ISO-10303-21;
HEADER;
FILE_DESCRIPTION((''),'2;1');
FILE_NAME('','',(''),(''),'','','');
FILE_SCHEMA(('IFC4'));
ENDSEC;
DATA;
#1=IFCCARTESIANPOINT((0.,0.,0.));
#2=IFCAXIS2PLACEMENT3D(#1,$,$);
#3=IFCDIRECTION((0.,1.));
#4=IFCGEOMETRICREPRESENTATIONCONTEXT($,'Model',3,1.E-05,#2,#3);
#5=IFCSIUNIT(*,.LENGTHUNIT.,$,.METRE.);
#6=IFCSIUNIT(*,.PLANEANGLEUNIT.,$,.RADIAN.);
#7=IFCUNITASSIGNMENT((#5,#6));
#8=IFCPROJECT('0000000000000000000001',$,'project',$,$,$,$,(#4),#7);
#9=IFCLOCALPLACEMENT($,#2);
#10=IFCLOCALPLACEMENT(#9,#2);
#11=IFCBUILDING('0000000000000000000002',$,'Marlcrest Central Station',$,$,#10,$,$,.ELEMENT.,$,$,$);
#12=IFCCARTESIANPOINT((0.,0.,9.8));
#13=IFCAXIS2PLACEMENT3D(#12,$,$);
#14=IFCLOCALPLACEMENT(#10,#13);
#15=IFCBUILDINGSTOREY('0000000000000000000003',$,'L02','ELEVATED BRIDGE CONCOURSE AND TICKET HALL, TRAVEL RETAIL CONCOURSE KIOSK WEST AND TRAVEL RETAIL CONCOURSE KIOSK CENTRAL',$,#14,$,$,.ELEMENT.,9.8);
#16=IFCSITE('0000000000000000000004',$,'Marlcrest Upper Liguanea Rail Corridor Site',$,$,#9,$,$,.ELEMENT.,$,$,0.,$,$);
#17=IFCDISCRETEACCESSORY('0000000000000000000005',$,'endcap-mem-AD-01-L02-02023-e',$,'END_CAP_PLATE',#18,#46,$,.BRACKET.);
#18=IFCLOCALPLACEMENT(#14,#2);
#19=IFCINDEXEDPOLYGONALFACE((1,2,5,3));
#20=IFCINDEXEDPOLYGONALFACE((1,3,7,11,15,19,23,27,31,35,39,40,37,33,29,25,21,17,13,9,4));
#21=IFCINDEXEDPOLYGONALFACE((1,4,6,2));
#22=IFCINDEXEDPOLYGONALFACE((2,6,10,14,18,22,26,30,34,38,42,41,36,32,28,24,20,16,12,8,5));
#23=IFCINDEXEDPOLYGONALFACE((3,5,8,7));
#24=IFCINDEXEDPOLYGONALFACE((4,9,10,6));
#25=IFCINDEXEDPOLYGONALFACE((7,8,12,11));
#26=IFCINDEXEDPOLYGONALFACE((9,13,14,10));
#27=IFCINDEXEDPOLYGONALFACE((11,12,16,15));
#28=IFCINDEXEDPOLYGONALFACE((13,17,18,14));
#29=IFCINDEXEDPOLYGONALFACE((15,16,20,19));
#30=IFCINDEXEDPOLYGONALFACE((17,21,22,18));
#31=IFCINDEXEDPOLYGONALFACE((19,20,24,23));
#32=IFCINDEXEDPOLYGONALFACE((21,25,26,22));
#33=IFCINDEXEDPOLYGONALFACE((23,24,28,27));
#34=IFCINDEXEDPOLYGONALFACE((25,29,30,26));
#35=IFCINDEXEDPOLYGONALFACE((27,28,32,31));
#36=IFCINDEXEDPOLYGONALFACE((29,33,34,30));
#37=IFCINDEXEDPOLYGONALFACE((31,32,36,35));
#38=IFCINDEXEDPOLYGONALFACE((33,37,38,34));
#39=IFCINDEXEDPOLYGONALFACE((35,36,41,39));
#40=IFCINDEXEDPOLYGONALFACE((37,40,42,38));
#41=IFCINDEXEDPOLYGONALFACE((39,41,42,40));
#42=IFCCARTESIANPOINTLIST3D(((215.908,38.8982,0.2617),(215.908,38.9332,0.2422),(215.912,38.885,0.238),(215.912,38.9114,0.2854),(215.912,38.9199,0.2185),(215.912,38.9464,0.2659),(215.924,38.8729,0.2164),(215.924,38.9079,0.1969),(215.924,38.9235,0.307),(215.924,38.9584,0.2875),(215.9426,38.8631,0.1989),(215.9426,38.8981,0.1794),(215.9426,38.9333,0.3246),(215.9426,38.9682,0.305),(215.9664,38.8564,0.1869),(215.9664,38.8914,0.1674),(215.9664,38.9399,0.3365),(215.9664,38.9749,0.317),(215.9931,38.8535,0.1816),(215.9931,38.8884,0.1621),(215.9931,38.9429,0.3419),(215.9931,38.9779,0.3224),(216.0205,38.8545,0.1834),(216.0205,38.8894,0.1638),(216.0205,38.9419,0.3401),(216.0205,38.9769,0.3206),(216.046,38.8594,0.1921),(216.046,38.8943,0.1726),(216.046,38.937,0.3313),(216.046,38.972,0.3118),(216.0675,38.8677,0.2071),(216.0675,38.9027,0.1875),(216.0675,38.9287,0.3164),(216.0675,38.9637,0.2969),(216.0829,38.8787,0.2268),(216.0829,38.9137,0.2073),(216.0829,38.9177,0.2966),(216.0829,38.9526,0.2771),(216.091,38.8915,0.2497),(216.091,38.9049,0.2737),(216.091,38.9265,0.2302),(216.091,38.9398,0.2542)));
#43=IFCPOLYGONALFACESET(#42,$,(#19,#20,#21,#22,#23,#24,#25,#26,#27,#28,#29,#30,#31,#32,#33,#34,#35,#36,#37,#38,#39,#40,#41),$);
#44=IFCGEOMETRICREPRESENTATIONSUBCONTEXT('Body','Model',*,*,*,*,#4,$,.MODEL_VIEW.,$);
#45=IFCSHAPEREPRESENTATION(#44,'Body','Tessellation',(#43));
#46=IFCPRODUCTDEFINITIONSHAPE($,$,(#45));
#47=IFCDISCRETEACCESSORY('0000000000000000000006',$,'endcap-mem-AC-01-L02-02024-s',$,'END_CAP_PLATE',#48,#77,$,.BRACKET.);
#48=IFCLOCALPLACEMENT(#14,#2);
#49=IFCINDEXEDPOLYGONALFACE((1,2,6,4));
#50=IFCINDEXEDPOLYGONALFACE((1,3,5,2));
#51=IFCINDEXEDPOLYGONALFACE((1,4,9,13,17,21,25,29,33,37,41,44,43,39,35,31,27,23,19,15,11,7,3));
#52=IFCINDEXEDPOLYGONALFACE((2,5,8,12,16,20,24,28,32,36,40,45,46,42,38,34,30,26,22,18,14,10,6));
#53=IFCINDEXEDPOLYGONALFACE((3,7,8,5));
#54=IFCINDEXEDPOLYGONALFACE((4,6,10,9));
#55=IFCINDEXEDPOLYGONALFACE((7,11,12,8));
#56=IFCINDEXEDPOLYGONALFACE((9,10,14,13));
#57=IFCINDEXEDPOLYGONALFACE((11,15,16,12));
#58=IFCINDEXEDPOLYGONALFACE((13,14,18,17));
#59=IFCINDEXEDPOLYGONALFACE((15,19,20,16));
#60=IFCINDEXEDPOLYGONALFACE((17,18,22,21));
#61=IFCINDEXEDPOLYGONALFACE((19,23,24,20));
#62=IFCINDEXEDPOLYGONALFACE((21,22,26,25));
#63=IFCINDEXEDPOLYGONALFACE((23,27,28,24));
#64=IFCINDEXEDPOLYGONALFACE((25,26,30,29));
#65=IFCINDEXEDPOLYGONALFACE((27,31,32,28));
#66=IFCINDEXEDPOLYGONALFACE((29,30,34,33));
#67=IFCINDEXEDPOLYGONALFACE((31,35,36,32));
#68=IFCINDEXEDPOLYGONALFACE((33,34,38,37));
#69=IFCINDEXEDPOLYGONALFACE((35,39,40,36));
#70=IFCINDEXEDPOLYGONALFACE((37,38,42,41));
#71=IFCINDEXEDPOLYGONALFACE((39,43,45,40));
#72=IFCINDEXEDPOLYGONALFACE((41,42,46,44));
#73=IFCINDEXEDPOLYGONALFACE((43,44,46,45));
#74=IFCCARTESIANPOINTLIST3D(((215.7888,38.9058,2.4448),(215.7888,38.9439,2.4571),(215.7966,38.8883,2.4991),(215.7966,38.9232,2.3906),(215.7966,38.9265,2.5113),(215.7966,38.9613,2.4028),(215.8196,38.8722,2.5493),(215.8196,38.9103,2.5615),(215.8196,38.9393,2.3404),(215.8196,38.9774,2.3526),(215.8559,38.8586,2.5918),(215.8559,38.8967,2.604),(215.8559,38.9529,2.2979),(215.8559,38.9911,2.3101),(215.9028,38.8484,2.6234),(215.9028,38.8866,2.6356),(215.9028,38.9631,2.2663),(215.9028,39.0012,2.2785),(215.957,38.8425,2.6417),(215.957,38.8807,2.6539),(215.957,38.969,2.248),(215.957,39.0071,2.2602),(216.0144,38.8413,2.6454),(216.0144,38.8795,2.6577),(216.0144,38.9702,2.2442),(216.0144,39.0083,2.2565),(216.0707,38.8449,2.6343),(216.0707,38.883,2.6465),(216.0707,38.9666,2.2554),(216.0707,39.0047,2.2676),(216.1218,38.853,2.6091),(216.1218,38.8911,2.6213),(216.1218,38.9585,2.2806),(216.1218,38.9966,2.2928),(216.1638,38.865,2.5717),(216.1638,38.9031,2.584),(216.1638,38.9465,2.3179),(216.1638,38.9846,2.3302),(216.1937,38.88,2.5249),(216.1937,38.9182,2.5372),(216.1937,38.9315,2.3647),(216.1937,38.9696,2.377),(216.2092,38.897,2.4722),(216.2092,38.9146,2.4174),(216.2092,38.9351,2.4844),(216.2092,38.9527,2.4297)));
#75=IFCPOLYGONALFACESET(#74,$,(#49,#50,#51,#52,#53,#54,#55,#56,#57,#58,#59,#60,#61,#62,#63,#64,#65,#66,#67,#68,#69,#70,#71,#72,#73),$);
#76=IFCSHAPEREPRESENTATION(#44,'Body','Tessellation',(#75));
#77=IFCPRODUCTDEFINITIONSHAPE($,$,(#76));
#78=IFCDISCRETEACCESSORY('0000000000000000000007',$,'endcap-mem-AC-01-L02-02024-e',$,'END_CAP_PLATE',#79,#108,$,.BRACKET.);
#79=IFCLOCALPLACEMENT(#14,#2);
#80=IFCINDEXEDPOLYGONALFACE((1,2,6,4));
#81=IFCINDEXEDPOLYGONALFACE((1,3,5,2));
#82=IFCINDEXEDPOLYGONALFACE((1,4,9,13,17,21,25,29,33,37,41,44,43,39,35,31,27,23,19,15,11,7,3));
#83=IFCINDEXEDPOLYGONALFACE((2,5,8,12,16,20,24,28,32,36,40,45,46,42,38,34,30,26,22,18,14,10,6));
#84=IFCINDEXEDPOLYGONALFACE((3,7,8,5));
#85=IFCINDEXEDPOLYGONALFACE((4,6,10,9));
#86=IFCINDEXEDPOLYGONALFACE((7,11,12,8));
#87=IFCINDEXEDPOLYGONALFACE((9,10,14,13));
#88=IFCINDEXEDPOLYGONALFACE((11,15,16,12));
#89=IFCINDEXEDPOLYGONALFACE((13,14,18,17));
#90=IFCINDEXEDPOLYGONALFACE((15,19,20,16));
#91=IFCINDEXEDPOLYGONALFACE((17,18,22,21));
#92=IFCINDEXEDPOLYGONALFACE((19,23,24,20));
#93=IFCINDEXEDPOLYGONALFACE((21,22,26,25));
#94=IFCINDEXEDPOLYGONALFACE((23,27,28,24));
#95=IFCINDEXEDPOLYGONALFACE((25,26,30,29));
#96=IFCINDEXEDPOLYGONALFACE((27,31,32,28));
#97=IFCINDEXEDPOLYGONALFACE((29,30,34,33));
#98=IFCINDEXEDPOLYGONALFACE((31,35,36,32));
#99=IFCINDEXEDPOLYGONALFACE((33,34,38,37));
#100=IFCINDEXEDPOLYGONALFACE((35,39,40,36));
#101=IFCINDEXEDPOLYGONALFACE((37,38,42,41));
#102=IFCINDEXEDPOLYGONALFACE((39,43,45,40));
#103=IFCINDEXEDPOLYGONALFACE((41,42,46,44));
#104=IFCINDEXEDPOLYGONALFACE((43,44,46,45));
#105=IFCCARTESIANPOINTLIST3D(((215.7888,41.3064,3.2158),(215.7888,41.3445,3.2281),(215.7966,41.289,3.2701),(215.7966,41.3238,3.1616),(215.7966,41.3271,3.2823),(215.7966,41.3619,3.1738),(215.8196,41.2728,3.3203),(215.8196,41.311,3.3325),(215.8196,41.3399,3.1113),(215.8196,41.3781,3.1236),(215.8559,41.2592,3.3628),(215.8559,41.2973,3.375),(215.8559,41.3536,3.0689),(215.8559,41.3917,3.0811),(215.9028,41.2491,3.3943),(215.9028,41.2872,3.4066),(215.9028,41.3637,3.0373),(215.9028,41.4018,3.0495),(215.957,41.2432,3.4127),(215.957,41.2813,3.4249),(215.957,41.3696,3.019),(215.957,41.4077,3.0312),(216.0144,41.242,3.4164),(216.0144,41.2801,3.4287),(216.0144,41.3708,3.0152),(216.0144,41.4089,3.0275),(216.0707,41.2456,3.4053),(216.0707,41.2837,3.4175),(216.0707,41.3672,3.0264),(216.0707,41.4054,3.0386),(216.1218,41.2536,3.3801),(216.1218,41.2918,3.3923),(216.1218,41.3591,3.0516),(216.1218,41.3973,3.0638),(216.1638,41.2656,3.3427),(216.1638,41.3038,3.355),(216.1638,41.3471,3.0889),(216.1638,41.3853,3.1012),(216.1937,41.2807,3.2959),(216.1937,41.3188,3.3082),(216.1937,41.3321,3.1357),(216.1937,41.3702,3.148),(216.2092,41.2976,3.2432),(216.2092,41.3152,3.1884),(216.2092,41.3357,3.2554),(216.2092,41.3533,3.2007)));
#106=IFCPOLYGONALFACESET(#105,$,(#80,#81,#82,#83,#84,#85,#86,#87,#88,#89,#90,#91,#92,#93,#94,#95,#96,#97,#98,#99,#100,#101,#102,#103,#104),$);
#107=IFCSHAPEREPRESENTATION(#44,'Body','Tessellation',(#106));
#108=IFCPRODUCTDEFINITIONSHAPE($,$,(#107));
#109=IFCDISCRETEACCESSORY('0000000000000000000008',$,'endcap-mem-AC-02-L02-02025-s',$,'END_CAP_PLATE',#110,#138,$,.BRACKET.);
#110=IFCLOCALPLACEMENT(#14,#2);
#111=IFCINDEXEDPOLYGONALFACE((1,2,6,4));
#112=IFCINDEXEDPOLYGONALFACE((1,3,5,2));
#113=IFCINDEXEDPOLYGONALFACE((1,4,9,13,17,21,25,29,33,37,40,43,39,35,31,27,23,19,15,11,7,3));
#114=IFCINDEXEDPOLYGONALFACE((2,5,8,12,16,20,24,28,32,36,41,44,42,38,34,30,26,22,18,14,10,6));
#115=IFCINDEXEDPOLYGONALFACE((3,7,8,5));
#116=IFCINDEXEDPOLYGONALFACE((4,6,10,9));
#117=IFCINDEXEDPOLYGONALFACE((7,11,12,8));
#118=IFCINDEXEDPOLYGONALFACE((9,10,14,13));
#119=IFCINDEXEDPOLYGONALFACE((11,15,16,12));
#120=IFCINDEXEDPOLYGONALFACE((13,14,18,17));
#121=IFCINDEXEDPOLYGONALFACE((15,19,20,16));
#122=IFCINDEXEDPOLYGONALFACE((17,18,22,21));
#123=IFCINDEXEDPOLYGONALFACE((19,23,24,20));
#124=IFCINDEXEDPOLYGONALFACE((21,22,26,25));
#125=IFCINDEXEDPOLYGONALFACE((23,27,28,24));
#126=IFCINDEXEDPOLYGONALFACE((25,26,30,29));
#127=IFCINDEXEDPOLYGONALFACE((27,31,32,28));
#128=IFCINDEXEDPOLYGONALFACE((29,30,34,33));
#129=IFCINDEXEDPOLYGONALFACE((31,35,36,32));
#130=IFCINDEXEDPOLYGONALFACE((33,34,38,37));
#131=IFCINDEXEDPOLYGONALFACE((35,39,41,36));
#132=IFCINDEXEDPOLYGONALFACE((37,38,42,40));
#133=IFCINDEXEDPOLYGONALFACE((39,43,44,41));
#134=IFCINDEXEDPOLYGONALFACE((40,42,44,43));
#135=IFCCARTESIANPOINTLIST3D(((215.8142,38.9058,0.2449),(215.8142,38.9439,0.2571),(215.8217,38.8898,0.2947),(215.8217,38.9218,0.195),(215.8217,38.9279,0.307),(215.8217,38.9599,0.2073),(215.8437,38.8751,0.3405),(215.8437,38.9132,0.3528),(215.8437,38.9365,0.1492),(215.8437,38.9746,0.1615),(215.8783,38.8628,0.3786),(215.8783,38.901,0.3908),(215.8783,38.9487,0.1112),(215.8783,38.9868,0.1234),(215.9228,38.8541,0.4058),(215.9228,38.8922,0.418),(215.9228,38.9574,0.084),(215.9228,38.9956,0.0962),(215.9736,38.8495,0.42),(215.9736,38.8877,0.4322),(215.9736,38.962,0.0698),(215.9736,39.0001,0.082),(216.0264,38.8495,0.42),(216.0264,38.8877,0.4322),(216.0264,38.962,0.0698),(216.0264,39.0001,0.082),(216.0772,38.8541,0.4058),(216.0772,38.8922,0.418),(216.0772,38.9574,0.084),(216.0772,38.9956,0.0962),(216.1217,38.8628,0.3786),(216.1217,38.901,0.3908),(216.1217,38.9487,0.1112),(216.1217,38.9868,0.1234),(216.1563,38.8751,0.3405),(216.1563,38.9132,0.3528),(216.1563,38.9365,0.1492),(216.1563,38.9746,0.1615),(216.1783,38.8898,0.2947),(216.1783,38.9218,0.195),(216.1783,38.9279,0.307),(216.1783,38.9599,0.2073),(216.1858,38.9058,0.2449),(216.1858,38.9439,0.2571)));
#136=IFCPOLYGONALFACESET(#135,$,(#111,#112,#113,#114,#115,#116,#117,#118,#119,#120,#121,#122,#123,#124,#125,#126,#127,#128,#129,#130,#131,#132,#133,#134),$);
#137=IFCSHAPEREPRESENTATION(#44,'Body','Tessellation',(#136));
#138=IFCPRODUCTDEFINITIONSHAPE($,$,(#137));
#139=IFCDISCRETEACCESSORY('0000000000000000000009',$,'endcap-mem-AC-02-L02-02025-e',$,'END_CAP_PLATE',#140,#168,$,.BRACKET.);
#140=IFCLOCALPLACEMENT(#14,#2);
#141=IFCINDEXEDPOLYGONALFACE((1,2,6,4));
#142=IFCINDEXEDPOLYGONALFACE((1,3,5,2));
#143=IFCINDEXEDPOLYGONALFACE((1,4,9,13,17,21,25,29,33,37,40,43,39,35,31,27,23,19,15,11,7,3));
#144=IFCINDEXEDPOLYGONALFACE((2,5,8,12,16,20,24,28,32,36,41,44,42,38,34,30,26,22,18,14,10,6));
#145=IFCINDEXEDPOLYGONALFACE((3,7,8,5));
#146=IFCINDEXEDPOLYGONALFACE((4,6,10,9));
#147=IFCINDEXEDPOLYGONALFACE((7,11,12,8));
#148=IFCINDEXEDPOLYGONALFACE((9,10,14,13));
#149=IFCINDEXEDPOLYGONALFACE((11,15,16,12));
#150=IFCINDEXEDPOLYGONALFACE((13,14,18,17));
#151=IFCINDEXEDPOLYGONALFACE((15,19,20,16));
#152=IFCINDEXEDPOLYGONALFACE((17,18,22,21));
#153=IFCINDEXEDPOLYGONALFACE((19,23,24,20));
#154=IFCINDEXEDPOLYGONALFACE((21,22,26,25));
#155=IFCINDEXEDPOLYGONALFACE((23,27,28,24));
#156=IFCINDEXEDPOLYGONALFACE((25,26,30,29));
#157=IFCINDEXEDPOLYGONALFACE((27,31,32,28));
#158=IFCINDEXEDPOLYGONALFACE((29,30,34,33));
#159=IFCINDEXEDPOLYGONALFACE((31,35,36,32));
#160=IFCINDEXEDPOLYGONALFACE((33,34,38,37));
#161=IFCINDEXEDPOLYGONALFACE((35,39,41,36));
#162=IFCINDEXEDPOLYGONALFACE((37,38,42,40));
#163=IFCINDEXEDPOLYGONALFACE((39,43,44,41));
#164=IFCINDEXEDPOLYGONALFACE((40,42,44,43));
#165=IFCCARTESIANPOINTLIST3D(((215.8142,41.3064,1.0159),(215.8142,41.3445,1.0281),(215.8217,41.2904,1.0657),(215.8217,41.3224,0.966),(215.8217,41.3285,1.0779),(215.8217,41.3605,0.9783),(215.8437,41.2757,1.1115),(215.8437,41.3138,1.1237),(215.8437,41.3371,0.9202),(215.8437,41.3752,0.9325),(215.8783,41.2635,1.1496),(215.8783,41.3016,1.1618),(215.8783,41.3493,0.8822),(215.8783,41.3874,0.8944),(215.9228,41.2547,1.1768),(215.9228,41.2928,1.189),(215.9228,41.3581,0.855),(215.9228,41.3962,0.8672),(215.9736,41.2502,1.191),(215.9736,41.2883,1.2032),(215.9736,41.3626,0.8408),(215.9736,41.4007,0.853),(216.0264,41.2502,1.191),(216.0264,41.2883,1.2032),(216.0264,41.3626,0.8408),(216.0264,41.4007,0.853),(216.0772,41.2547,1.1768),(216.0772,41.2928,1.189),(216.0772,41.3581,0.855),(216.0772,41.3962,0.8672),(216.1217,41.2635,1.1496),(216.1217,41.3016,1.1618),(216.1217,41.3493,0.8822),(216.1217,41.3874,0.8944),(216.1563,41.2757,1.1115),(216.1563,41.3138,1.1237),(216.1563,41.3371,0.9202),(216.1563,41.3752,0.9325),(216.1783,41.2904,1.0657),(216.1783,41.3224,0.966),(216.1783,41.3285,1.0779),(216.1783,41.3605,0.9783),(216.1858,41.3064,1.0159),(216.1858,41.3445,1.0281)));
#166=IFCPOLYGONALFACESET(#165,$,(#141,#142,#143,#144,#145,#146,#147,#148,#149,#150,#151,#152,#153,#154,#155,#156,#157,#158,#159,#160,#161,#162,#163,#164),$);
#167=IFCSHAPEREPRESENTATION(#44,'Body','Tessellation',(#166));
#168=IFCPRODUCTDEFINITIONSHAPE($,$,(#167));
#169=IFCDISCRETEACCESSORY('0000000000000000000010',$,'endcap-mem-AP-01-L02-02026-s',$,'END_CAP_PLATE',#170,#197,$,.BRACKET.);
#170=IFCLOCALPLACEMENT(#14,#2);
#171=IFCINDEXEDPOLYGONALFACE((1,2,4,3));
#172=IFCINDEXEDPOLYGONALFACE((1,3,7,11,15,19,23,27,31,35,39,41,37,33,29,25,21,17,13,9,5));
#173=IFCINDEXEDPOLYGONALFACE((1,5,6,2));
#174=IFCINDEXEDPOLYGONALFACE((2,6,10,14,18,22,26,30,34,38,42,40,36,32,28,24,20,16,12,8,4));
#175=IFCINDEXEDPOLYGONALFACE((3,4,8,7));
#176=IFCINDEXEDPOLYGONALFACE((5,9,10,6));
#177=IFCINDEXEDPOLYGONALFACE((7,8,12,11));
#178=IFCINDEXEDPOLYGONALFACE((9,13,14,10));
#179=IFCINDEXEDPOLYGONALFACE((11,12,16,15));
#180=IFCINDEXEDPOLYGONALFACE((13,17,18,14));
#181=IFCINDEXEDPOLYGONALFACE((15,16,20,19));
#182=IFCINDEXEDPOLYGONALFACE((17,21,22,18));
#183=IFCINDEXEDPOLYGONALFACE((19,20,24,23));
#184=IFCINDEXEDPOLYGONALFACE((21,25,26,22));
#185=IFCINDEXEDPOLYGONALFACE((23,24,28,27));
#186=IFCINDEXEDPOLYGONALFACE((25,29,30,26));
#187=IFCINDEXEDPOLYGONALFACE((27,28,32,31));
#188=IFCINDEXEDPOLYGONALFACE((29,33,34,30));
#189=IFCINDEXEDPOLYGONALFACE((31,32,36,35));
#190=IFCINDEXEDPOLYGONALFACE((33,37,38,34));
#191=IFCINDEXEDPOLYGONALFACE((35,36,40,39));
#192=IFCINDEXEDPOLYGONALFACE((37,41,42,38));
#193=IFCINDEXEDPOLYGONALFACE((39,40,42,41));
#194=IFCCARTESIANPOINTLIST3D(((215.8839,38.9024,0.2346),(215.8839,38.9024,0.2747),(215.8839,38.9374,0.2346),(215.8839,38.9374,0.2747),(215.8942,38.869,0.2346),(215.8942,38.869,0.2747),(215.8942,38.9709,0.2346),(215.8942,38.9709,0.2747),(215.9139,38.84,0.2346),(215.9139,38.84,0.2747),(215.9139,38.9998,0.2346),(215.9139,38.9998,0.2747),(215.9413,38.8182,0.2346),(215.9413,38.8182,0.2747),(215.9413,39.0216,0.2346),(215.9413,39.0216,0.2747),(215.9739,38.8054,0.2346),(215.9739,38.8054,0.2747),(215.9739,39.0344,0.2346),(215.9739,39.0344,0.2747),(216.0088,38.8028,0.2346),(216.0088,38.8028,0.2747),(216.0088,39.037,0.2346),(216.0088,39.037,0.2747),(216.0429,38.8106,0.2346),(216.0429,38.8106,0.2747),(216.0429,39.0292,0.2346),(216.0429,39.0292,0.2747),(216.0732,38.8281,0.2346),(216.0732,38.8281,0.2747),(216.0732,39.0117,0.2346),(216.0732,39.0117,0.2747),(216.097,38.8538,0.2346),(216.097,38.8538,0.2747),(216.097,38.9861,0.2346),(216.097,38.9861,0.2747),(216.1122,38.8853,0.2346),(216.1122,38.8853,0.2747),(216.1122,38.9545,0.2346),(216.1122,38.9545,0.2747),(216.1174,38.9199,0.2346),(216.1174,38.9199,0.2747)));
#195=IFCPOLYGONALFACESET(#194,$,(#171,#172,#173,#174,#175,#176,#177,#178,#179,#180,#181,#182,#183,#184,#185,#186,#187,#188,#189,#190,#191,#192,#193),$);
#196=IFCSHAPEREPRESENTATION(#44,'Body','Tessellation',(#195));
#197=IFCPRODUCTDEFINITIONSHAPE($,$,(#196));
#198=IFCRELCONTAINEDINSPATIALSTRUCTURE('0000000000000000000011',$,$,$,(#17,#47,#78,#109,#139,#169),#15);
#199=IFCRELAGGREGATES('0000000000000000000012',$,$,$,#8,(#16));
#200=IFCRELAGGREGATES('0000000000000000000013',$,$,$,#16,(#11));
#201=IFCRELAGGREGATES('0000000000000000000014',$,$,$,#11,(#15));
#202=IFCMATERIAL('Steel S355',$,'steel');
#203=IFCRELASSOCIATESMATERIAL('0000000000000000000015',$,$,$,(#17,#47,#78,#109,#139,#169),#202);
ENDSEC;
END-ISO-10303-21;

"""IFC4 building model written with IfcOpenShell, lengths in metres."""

from ifc_helpers import new_model, si_unit, direction, frame, origin, origin_2d, place, context, subcontext, project, spatial, circle, extrude, material, element, save


model = new_model("IFC4")

# Units and contexts
model_context = context("Model", 3, precision=1e-05, world=origin(), true_north=direction((0.0, 1.0)))
body_context = subcontext(model_context, "Body", "Model", "MODEL_VIEW")
ifc_project = project(units=[si_unit("LENGTHUNIT", "METRE"), si_unit("PLANEANGLEUNIT", "RADIAN")], contexts=[model_context])

# Site, building, storey
site_placement = place(None, origin())
site = spatial("IfcSite", under=ifc_project, at=site_placement, Name="Marlcrest Upper Liguanea Rail Corridor Site", CompositionType="ELEMENT", RefElevation=0.0)
building_placement = place(site_placement, origin())
building = spatial("IfcBuilding", under=site, at=building_placement, Name="Marlcrest Central Station", CompositionType="ELEMENT")
storey_placement = place(building_placement, frame((0.0, 0.0, 9.8)))
storey = spatial("IfcBuildingStorey", under=building, at=storey_placement, Name="L02", Description="ELEVATED BRIDGE CONCOURSE AND TICKET HALL, TRAVEL RETAIL CONCOURSE KIOSK WEST AND TRAVEL RETAIL CONCOURSE KIOSK CENTRAL", CompositionType="ELEMENT", Elevation=9.8)

# Shared definitions
ifc_material = material(Name="Steel S355", Category="steel")

# Discrete accessories
discrete_accessory_1_placement = place(storey_placement, frame((216.0, 38.8982, 0.2617), z_axis=(0.0, 0.873246, -0.48728), x_axis=(-1.0, 0.0, 0.0)))
element("IfcDiscreteAccessory", 1, at=discrete_accessory_1_placement, inside=storey, material=ifc_material, Name="endcap-mem-AD-01-L02-02023-e", ObjectType="END_CAP_PLATE", PredefinedType="BRACKET", context=body_context, shape_type="SweptSolid", body=[
    extrude(circle(Radius=0.092, at=origin_2d()), origin(), (0.0, 0.0, 1.0), 0.04),
])
for number, where, z_axis, x_axis, name in (
    (2, (216.0, 38.9058, 2.4448), (0.0, 0.952117, 0.305734), (-1.0, 0.0, 0.0), "endcap-mem-AC-01-L02-02024-s"),
    (3, (216.0, 41.3064, 3.2158), (0.0, 0.952117, 0.305734), (-1.0, 0.0, 0.0), "endcap-mem-AC-01-L02-02024-e"),
):
    element("IfcDiscreteAccessory", number, at=place(storey_placement, frame(where, z_axis=z_axis, x_axis=x_axis)), inside=storey, material=ifc_material, Name=name, ObjectType="END_CAP_PLATE", PredefinedType="BRACKET", context=body_context, shape_type="SweptSolid", body=[
        extrude(circle(Radius=0.2112, at=origin_2d()), origin(), (0.0, 0.0, 1.0), 0.04),
    ])
for number, where, z_axis, x_axis, name in (
    (4, (216.0, 38.9058, 0.2449), (0.0, 0.952117, 0.305734), (-1.0, 0.0, 0.0), "endcap-mem-AC-02-L02-02025-s"),
    (5, (216.0, 41.3064, 1.0159), (0.0, 0.952117, 0.305734), (-1.0, 0.0, 0.0), "endcap-mem-AC-02-L02-02025-e"),
):
    element("IfcDiscreteAccessory", number, at=place(storey_placement, frame(where, z_axis=z_axis, x_axis=x_axis)), inside=storey, material=ifc_material, Name=name, ObjectType="END_CAP_PLATE", PredefinedType="BRACKET", context=body_context, shape_type="SweptSolid", body=[
        extrude(circle(Radius=0.1858, at=origin_2d()), origin(), (0.0, 0.0, 1.0), 0.04),
    ])
for number, where, z_axis, x_axis, name in (
    (6, (216.0, 38.9199, 0.2346), (0.0, 0.0, 1.0), (1.0, 0.0, 0.0), "endcap-mem-AP-01-L02-02026-s"),
):
    element("IfcDiscreteAccessory", number, at=place(storey_placement, frame(where, z_axis=z_axis, x_axis=x_axis)), inside=storey, material=ifc_material, Name=name, ObjectType="END_CAP_PLATE", PredefinedType="BRACKET", context=body_context, shape_type="SweptSolid", body=[
        extrude(circle(Radius=0.1174, at=origin_2d()), origin(), (0.0, 0.0, 1.0), 0.04),
    ])

save(model, "model.ifc")
